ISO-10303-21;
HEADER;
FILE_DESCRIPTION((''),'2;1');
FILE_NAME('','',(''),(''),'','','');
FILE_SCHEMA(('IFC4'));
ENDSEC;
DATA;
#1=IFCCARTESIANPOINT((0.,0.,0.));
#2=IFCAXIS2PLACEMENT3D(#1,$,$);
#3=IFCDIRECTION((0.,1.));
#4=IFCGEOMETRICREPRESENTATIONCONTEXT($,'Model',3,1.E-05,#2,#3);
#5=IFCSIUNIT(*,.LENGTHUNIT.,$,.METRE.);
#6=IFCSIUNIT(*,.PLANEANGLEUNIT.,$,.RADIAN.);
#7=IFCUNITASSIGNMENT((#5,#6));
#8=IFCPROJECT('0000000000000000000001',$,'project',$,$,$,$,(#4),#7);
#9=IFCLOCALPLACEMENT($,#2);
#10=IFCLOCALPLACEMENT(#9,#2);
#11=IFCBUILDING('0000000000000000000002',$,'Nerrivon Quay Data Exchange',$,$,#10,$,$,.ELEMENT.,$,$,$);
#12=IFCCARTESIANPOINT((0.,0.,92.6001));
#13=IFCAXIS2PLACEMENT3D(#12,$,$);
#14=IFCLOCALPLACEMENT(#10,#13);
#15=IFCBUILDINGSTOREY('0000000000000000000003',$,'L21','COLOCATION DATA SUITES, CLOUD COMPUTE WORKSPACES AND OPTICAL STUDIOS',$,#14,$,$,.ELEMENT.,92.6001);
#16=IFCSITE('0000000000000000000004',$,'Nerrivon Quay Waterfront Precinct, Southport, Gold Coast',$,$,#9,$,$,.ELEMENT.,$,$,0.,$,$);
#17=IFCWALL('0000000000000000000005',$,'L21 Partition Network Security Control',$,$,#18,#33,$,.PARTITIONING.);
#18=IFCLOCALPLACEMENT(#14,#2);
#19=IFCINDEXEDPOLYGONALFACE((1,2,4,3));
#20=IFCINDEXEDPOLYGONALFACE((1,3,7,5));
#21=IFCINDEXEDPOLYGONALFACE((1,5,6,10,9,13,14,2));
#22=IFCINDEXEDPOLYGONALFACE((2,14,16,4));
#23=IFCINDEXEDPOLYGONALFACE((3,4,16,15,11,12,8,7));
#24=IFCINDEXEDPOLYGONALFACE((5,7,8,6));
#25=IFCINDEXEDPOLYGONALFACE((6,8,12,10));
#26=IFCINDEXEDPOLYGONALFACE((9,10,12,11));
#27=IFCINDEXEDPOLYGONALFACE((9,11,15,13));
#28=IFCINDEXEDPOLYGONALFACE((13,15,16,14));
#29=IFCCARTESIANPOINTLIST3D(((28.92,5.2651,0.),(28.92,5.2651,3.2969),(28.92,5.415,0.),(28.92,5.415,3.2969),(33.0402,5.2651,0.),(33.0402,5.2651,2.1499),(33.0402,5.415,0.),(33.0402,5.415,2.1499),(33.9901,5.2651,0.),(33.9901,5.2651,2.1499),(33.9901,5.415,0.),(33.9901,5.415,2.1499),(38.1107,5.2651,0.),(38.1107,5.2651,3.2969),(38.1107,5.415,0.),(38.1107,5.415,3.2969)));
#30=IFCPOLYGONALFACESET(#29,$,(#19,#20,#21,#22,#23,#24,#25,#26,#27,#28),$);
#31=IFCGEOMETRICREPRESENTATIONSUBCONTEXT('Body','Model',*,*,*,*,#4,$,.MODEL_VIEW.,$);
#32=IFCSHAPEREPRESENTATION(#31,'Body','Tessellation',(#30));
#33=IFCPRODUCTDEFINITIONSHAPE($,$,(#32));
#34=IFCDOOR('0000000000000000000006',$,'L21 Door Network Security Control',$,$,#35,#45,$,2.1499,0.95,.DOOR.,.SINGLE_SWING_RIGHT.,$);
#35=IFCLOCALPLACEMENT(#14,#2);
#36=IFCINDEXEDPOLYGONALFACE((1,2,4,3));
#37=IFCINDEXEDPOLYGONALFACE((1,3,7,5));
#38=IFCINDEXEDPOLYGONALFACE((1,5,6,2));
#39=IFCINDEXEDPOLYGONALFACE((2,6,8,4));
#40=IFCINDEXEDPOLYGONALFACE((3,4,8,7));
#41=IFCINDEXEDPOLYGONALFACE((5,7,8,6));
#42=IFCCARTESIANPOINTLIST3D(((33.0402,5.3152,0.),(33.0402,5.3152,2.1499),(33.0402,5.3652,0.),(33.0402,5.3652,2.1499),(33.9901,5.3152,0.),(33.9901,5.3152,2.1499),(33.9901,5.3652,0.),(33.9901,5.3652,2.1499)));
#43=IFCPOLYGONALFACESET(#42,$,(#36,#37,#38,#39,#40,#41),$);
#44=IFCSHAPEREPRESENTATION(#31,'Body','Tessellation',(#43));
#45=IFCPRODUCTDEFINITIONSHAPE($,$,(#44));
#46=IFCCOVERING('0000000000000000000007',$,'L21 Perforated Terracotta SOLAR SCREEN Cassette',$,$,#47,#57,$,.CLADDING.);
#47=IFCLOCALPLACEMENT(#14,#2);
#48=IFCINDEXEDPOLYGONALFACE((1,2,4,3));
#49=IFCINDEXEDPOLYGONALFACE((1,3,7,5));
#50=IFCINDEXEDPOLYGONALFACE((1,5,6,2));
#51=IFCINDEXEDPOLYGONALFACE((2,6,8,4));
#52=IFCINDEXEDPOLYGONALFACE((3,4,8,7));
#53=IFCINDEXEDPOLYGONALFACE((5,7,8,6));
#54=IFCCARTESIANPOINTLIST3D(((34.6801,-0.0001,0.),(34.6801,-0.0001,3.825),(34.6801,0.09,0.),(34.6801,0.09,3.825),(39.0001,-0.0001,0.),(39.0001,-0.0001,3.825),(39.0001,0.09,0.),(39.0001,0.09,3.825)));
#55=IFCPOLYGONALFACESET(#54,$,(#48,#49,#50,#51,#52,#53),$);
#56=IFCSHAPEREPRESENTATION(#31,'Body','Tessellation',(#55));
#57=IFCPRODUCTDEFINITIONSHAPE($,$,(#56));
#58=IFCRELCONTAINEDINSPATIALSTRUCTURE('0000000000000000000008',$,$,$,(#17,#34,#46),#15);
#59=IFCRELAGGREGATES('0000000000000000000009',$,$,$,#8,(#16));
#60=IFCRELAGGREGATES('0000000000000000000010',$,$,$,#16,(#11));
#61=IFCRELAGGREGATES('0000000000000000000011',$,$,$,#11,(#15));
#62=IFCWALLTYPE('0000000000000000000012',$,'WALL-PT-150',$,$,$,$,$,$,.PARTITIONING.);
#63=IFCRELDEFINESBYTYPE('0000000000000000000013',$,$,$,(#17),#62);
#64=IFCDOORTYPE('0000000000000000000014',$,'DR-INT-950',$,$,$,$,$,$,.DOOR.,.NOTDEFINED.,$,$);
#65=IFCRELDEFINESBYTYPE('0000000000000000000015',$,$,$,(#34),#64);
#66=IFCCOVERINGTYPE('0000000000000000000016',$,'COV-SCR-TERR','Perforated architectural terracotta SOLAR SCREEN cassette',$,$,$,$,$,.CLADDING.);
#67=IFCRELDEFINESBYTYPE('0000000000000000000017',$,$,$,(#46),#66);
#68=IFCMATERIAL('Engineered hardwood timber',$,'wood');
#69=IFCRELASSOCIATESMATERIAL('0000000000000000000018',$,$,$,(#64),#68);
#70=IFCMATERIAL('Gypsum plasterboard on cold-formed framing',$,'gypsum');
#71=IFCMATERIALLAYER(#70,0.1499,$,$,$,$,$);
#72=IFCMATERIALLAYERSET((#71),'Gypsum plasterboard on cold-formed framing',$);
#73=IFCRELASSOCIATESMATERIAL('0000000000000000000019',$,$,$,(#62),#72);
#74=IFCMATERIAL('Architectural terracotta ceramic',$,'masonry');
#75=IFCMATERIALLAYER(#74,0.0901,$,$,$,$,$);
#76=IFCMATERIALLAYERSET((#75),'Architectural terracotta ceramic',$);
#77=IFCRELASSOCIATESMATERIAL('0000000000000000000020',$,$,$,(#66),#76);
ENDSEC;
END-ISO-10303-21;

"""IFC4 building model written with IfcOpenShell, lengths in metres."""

from ifc_helpers import new_model, si_unit, direction, frame, frame_2d, origin, origin_2d, place, context, subcontext, project, spatial, rectangle, extrude, material, layer, layer_set, type_object, element, fill, save


model = new_model("IFC4")

# Units and contexts
model_context = context("Model", 3, precision=1e-05, world=origin(), true_north=direction((0.0, 1.0)))
body_context = subcontext(model_context, "Body", "Model", "MODEL_VIEW")
ifc_project = project(units=[si_unit("LENGTHUNIT", "METRE"), si_unit("PLANEANGLEUNIT", "RADIAN")], contexts=[model_context])

# Site, building, storey
site_placement = place(None, origin())
site = spatial("IfcSite", under=ifc_project, at=site_placement, Name="Nerrivon Quay Waterfront Precinct, Southport, Gold Coast", CompositionType="ELEMENT", RefElevation=0.0)
building_placement = place(site_placement, origin())
building = spatial("IfcBuilding", under=site, at=building_placement, Name="Nerrivon Quay Data Exchange", CompositionType="ELEMENT")
storey_placement = place(building_placement, frame((0.0, 0.0, 92.6001)))
storey = spatial("IfcBuildingStorey", under=building, at=storey_placement, Name="L21", Description="COLOCATION DATA SUITES, CLOUD COMPUTE WORKSPACES AND OPTICAL STUDIOS", CompositionType="ELEMENT", Elevation=92.6001)

# Shared definitions
ifc_material_1 = material(Name="Gypsum plasterboard on cold-formed framing", Category="gypsum")

# Shared definitions
ifc_material_2 = material(Name="Engineered hardwood timber", Category="wood")
door_type = type_object("IfcDoorType", Name="DR-INT-950", OperationType="NOTDEFINED", PredefinedType="DOOR", material=ifc_material_2)

# Wall, opening, door
ifc_layer_1 = layer(ifc_material_1, 0.1499)
ifc_layer_set_1 = layer_set([ifc_layer_1], Name="Gypsum plasterboard on cold-formed framing")
wall_type_1 = type_object("IfcWallType", Name="WALL-PT-150", PredefinedType="PARTITIONING", material=ifc_layer_set_1)
wall_1_placement = place(storey_placement, frame((38.1106, 5.3401, 0.0), z_axis=(0.0, 0.0, 1.0), x_axis=(-1.0, 0.0, 0.0)))
wall_1 = element("IfcWall", 1, at=wall_1_placement, inside=storey, type_object=wall_type_1, Name="L21 Partition Network Security Control", PredefinedType="PARTITIONING", context=body_context, shape_type="SweptSolid", body=[
    extrude(rectangle(XDim=9.1907, YDim=0.1499, at=frame_2d((4.5952, 0.0))), origin(), (0.0, 0.0, 1.0), 3.2969),
])
opening_1_placement = place(wall_1_placement, frame((4.1204, 0.0, 0.0)))
opening_1 = element("IfcOpeningElement", 2, at=opening_1_placement, cuts=wall_1, PredefinedType="OPENING", context=body_context, shape_type="SweptSolid", body=[
    extrude(rectangle(XDim=0.95, YDim=2.1499, at=frame_2d((0.4751, 1.075))), frame((0.0, 0.085, 0.0), z_axis=(0.0, -1.0, 0.0), x_axis=(1.0, 0.0, 0.0)), (0.0, 0.0, 1.0), 0.1699),
])
door_1_placement = place(opening_1_placement, origin())
door_1 = element("IfcDoor", 3, at=door_1_placement, inside=storey, type_object=door_type, Name="L21 Door Network Security Control", OperationType="SINGLE_SWING_RIGHT", OverallHeight=2.1499, OverallWidth=0.95, PredefinedType="DOOR", context=body_context, shape_type="SweptSolid", body=[
    extrude(rectangle(XDim=0.95, YDim=2.1499, at=frame_2d((0.4751, 1.075))), frame((0.0, 0.0249, 0.0), z_axis=(0.0, -1.0, 0.0), x_axis=(1.0, 0.0, 0.0)), (0.0, 0.0, 1.0), 0.05),
])
fill(opening_1, door_1)

# Covering
ifc_material_3 = material(Name="Architectural terracotta ceramic", Category="masonry")
ifc_layer_2 = layer(ifc_material_3, 0.0901)
ifc_layer_set_2 = layer_set([ifc_layer_2], Name="Architectural terracotta ceramic")
covering_type = type_object("IfcCoveringType", Name="COV-SCR-TERR", Description="Perforated architectural terracotta SOLAR SCREEN cassette", PredefinedType="CLADDING", material=ifc_layer_set_2)
covering_placement = place(storey_placement, frame((36.8401, 0.0449, 0.0), z_axis=(0.0, 0.0, 1.0), x_axis=(-1.0, 0.0, 0.0)))
element("IfcCovering", 4, at=covering_placement, inside=storey, type_object=covering_type, Name="L21 Perforated Terracotta SOLAR SCREEN Cassette", PredefinedType="CLADDING", context=body_context, shape_type="SweptSolid", body=[
    extrude(rectangle(XDim=4.3201, YDim=0.0901, at=origin_2d()), origin(), (0.0, 0.0, 1.0), 3.825),
])

save(model, "model.ifc")
